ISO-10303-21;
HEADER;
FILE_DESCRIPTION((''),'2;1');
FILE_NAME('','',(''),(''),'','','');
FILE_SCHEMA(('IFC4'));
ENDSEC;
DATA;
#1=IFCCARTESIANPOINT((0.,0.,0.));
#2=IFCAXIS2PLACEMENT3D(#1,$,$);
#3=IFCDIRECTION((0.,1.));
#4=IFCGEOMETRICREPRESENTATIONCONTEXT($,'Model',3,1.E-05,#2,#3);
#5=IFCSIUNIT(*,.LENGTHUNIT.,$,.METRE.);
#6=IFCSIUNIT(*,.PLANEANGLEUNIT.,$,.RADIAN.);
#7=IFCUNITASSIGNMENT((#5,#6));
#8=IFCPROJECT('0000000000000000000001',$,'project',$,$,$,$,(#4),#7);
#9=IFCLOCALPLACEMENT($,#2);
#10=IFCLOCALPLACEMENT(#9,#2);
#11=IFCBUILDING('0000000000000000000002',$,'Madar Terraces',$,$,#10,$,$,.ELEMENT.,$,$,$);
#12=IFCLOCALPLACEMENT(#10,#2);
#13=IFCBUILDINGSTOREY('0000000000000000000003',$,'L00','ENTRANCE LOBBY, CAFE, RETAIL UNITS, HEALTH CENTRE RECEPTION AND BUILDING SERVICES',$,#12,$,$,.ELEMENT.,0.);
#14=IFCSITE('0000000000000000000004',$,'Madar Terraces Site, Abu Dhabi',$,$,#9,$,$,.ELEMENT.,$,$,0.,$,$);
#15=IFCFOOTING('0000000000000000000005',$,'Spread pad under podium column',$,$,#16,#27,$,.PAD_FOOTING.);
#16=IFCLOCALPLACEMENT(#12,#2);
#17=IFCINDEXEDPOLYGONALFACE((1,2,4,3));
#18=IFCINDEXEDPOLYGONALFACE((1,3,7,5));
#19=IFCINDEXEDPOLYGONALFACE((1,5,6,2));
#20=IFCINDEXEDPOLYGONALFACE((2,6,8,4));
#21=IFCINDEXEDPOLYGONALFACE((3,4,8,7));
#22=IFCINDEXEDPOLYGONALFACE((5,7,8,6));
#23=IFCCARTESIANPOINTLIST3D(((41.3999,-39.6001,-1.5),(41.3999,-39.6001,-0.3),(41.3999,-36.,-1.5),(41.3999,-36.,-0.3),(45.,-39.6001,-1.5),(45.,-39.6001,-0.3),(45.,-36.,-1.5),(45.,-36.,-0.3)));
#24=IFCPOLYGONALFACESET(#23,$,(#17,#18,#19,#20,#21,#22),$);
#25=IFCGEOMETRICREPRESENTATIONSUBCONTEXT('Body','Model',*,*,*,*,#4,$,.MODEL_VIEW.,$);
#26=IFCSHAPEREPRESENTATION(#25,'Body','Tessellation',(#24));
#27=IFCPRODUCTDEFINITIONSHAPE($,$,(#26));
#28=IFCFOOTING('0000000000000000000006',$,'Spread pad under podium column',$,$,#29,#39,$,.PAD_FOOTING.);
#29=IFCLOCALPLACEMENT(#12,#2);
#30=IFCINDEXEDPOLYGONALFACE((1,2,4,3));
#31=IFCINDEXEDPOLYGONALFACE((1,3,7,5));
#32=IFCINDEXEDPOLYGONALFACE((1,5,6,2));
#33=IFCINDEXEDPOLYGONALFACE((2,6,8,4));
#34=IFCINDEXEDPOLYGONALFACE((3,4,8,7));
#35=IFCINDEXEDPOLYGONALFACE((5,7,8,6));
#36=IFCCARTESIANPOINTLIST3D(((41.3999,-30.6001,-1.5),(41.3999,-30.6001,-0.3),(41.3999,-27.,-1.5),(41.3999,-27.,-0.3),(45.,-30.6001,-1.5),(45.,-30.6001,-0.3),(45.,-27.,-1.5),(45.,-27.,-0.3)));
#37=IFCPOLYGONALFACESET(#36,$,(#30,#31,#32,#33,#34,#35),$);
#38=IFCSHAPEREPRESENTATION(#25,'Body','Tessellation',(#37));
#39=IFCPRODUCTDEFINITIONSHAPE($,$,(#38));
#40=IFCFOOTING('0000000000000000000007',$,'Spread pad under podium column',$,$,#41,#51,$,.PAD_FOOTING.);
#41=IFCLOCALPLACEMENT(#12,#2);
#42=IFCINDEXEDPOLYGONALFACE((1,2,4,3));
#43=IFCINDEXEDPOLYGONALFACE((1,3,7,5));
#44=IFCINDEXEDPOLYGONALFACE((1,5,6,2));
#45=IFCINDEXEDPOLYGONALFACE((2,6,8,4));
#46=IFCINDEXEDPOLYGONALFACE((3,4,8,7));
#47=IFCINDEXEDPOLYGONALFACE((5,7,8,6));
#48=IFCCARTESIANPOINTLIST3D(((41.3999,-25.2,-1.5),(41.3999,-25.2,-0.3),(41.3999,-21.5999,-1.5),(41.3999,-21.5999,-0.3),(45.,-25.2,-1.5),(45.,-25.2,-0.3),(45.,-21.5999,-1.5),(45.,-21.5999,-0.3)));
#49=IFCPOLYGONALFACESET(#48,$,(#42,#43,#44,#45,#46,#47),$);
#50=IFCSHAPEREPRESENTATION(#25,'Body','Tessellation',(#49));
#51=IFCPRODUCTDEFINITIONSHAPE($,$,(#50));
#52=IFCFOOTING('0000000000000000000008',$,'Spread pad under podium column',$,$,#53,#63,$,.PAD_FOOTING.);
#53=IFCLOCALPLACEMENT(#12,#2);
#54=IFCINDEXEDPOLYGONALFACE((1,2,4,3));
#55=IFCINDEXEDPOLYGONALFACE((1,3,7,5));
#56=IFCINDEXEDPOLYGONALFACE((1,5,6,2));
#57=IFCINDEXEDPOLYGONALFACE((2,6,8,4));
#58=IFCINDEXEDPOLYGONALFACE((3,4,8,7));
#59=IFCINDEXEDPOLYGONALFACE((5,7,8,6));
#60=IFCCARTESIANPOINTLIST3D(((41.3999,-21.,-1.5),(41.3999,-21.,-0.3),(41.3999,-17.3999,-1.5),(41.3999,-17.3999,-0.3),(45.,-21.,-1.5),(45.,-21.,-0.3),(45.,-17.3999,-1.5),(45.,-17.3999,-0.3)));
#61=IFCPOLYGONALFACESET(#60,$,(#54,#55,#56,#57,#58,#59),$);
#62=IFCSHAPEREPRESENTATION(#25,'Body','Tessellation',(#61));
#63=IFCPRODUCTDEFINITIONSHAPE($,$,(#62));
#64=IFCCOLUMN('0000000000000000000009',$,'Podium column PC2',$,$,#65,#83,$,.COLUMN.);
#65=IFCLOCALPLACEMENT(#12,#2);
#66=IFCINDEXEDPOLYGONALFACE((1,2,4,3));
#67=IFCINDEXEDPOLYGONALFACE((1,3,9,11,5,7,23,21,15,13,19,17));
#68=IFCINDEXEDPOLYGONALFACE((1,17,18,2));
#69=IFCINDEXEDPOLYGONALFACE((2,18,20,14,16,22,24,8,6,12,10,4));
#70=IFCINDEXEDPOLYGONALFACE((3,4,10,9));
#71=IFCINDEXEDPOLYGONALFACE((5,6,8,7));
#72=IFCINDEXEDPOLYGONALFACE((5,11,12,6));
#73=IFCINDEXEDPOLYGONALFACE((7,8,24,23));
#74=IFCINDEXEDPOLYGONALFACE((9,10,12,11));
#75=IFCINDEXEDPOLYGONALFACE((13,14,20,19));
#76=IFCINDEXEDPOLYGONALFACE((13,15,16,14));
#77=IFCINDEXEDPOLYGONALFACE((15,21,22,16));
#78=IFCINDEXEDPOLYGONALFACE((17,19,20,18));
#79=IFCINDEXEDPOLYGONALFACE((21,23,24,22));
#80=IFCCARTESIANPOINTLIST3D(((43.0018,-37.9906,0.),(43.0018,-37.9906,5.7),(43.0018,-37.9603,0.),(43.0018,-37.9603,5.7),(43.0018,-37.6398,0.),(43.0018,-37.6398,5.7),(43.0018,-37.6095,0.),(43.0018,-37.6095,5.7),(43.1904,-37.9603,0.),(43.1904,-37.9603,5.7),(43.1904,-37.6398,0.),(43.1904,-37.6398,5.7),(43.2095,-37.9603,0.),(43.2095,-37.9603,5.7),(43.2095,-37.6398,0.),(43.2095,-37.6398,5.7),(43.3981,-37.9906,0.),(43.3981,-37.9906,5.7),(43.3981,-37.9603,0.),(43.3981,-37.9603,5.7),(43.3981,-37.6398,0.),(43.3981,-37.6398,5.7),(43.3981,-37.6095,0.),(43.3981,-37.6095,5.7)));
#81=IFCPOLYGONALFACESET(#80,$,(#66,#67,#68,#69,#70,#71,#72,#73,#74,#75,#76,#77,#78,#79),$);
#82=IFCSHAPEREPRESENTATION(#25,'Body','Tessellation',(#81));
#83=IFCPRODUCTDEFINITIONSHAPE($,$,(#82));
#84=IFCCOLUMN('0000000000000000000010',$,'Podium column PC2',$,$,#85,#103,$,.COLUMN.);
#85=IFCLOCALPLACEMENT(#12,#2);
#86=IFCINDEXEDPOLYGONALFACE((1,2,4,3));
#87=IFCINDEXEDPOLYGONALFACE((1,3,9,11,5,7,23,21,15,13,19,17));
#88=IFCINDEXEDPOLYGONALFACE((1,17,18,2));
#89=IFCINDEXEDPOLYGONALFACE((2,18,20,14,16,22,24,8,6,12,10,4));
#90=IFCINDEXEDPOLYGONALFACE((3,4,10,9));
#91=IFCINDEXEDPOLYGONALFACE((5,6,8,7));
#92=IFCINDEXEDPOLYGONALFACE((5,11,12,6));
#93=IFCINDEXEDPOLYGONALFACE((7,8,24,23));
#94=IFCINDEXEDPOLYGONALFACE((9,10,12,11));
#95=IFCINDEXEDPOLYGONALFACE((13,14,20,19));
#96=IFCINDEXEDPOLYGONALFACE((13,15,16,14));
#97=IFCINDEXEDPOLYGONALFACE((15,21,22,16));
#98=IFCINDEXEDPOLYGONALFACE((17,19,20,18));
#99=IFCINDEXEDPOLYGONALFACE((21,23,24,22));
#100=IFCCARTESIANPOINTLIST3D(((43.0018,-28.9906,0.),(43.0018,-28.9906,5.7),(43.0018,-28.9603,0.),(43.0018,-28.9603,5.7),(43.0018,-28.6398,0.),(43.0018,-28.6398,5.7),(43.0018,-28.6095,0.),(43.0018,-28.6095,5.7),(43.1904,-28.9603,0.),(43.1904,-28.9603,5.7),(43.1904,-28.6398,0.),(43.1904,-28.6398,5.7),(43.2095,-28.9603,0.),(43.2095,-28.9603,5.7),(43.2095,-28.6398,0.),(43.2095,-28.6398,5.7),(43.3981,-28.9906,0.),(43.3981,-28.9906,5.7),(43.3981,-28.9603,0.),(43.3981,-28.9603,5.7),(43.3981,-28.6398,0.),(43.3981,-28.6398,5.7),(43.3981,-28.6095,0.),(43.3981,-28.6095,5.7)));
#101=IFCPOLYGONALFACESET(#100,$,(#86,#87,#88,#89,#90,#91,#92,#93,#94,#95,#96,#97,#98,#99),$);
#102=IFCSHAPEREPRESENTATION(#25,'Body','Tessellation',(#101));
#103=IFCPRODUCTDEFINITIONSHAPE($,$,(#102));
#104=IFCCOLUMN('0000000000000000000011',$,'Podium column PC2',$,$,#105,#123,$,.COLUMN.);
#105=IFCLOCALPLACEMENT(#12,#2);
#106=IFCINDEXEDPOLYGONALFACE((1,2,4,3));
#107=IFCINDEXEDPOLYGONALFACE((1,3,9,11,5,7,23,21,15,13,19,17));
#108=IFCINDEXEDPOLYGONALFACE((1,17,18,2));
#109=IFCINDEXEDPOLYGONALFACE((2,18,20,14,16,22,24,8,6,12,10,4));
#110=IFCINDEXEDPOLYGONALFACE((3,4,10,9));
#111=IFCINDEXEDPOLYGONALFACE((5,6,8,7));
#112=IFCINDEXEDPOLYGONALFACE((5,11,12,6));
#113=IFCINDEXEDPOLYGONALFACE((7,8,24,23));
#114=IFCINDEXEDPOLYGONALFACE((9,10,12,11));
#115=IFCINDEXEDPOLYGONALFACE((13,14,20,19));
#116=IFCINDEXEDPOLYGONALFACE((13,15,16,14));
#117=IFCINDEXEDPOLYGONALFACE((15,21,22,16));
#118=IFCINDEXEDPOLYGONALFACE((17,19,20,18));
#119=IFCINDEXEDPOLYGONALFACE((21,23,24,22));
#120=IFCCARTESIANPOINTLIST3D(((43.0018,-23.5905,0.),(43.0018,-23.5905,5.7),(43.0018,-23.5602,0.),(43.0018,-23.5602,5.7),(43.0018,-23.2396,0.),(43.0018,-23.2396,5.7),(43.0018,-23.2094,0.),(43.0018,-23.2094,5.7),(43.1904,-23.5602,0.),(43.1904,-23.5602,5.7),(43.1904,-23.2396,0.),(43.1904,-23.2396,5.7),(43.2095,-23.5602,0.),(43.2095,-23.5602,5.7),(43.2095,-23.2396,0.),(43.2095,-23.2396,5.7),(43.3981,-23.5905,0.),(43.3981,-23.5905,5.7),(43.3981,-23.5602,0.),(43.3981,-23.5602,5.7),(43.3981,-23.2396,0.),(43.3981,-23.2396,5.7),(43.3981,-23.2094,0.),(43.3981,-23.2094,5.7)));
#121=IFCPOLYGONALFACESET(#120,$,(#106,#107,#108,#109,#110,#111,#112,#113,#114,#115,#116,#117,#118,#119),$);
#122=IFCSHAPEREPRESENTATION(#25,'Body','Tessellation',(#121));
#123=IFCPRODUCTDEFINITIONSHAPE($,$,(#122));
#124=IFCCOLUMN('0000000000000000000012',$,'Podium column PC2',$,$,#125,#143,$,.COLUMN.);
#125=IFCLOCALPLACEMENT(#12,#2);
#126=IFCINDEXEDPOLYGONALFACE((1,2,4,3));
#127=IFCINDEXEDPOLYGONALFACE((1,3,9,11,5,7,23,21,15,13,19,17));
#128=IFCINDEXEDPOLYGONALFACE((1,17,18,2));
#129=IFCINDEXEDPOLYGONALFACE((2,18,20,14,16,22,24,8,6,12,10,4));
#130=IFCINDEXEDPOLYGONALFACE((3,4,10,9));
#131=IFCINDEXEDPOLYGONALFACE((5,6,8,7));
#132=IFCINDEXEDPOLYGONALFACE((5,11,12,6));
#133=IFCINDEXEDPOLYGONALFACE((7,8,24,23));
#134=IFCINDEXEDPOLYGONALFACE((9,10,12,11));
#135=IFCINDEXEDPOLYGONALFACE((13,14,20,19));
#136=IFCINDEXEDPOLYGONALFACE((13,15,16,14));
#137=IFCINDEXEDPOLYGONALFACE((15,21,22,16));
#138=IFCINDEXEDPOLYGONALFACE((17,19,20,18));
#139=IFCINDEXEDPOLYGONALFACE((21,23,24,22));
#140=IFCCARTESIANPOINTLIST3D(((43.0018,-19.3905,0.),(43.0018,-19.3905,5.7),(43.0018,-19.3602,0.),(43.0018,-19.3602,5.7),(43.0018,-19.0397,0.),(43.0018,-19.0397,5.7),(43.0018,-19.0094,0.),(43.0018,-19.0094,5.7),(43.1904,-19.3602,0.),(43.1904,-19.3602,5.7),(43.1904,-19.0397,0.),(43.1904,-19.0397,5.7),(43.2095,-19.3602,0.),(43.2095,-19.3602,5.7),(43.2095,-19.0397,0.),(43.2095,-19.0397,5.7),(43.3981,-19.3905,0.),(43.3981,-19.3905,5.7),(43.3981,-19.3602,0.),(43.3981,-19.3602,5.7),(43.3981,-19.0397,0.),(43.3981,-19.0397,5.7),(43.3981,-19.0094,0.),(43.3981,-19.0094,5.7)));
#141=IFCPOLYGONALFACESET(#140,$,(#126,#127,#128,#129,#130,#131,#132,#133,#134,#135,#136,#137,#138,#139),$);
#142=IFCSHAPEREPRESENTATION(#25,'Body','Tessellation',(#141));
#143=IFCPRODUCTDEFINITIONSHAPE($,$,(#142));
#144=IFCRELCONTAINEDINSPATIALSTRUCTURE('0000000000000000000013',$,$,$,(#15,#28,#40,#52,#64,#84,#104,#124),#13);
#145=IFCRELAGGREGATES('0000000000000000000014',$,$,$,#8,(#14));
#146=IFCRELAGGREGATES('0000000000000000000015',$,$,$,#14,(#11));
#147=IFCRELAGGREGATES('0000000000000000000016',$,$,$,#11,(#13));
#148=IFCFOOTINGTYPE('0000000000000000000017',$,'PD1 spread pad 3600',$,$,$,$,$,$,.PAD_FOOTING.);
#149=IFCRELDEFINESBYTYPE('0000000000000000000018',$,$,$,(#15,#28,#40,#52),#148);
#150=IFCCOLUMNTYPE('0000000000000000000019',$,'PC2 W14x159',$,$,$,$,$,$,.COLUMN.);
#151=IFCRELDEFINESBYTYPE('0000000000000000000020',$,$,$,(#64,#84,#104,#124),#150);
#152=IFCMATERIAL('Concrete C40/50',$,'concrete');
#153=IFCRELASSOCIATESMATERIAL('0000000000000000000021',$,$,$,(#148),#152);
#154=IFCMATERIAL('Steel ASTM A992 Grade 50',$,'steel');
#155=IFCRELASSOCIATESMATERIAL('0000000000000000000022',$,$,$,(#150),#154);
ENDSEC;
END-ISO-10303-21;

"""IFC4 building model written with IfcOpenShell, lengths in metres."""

from ifc_helpers import new_model, si_unit, direction, frame, origin, origin_2d, place, context, subcontext, project, spatial, rectangle, i_section, extrude, material, material_profile, profile_set, type_object, element, save


model = new_model("IFC4")

# Units and contexts
model_context = context("Model", 3, precision=1e-05, world=origin(), true_north=direction((0.0, 1.0)))
body_context = subcontext(model_context, "Body", "Model", "MODEL_VIEW")
ifc_project = project(units=[si_unit("LENGTHUNIT", "METRE"), si_unit("PLANEANGLEUNIT", "RADIAN")], contexts=[model_context])

# Site, building, storey
site_placement = place(None, origin())
site = spatial("IfcSite", under=ifc_project, at=site_placement, Name="Madar Terraces Site, Abu Dhabi", CompositionType="ELEMENT", RefElevation=0.0)
building_placement = place(site_placement, origin())
building = spatial("IfcBuilding", under=site, at=building_placement, Name="Madar Terraces", CompositionType="ELEMENT")
storey_placement = place(building_placement, origin())
storey = spatial("IfcBuildingStorey", under=building, at=storey_placement, Name="L00", Description="ENTRANCE LOBBY, CAFE, RETAIL UNITS, HEALTH CENTRE RECEPTION AND BUILDING SERVICES", CompositionType="ELEMENT", Elevation=0.0)

# Footings
ifc_material_1 = material(Name="Concrete C40/50", Category="concrete")
footing_type = type_object("IfcFootingType", Name="PD1 spread pad 3600", PredefinedType="PAD_FOOTING", material=ifc_material_1)
for number, where, z_axis, x_axis, name in (
    (1, (43.2, -37.8, -1.5), (0.0, 0.0, 1.0), (1.0, 0.0, 0.0), "Spread pad under podium column"),
    (2, (43.2, -28.8, -1.5), (0.0, 0.0, 1.0), (1.0, 0.0, 0.0), "Spread pad under podium column"),
    (3, (43.2, -23.3999, -1.5), (0.0, 0.0, 1.0), (1.0, 0.0, 0.0), "Spread pad under podium column"),
    (4, (43.2, -19.2, -1.5), (0.0, 0.0, 1.0), (1.0, 0.0, 0.0), "Spread pad under podium column"),
):
    element("IfcFooting", number, at=place(storey_placement, frame(where, z_axis=z_axis, x_axis=x_axis)), inside=storey, type_object=footing_type, Name=name, PredefinedType="PAD_FOOTING", context=body_context, shape_type="SweptSolid", body=[
        extrude(rectangle(XDim=3.6001, YDim=3.6001, at=origin_2d()), origin(), (0.0, 0.0, 1.0), 1.2),
    ])

# Columns
ifc_material_2 = material(Name="Steel ASTM A992 Grade 50", Category="steel")
ifc_material_profile = material_profile(ifc_material_2, i_section(OverallWidth=0.3962, OverallDepth=0.3811, WebThickness=0.019, FlangeThickness=0.0303, at=origin_2d()), Name="W14x159")
ifc_profile_set = profile_set([ifc_material_profile], Name="Steel ASTM A992 Grade 50")
column_type = type_object("IfcColumnType", Name="PC2 W14x159", PredefinedType="COLUMN", material=ifc_profile_set)
for number, where, z_axis, x_axis, name in (
    (5, (43.2, -37.8, 0.0), (0.0, 0.0, 1.0), (1.0, 0.0, 0.0), "Podium column PC2"),
    (6, (43.2, -28.8, 0.0), (0.0, 0.0, 1.0), (1.0, 0.0, 0.0), "Podium column PC2"),
    (7, (43.2, -23.3999, 0.0), (0.0, 0.0, 1.0), (1.0, 0.0, 0.0), "Podium column PC2"),
    (8, (43.2, -19.2, 0.0), (0.0, 0.0, 1.0), (1.0, 0.0, 0.0), "Podium column PC2"),
):
    element("IfcColumn", number, at=place(storey_placement, frame(where, z_axis=z_axis, x_axis=x_axis)), inside=storey, type_object=column_type, Name=name, PredefinedType="COLUMN", context=body_context, shape_type="SweptSolid", body=[
        extrude(i_section(OverallWidth=0.3962, OverallDepth=0.3811, WebThickness=0.019, FlangeThickness=0.0303, at=origin_2d()), origin(), (0.0, 0.0, 1.0), 5.7),
    ])

save(model, "model.ifc")
